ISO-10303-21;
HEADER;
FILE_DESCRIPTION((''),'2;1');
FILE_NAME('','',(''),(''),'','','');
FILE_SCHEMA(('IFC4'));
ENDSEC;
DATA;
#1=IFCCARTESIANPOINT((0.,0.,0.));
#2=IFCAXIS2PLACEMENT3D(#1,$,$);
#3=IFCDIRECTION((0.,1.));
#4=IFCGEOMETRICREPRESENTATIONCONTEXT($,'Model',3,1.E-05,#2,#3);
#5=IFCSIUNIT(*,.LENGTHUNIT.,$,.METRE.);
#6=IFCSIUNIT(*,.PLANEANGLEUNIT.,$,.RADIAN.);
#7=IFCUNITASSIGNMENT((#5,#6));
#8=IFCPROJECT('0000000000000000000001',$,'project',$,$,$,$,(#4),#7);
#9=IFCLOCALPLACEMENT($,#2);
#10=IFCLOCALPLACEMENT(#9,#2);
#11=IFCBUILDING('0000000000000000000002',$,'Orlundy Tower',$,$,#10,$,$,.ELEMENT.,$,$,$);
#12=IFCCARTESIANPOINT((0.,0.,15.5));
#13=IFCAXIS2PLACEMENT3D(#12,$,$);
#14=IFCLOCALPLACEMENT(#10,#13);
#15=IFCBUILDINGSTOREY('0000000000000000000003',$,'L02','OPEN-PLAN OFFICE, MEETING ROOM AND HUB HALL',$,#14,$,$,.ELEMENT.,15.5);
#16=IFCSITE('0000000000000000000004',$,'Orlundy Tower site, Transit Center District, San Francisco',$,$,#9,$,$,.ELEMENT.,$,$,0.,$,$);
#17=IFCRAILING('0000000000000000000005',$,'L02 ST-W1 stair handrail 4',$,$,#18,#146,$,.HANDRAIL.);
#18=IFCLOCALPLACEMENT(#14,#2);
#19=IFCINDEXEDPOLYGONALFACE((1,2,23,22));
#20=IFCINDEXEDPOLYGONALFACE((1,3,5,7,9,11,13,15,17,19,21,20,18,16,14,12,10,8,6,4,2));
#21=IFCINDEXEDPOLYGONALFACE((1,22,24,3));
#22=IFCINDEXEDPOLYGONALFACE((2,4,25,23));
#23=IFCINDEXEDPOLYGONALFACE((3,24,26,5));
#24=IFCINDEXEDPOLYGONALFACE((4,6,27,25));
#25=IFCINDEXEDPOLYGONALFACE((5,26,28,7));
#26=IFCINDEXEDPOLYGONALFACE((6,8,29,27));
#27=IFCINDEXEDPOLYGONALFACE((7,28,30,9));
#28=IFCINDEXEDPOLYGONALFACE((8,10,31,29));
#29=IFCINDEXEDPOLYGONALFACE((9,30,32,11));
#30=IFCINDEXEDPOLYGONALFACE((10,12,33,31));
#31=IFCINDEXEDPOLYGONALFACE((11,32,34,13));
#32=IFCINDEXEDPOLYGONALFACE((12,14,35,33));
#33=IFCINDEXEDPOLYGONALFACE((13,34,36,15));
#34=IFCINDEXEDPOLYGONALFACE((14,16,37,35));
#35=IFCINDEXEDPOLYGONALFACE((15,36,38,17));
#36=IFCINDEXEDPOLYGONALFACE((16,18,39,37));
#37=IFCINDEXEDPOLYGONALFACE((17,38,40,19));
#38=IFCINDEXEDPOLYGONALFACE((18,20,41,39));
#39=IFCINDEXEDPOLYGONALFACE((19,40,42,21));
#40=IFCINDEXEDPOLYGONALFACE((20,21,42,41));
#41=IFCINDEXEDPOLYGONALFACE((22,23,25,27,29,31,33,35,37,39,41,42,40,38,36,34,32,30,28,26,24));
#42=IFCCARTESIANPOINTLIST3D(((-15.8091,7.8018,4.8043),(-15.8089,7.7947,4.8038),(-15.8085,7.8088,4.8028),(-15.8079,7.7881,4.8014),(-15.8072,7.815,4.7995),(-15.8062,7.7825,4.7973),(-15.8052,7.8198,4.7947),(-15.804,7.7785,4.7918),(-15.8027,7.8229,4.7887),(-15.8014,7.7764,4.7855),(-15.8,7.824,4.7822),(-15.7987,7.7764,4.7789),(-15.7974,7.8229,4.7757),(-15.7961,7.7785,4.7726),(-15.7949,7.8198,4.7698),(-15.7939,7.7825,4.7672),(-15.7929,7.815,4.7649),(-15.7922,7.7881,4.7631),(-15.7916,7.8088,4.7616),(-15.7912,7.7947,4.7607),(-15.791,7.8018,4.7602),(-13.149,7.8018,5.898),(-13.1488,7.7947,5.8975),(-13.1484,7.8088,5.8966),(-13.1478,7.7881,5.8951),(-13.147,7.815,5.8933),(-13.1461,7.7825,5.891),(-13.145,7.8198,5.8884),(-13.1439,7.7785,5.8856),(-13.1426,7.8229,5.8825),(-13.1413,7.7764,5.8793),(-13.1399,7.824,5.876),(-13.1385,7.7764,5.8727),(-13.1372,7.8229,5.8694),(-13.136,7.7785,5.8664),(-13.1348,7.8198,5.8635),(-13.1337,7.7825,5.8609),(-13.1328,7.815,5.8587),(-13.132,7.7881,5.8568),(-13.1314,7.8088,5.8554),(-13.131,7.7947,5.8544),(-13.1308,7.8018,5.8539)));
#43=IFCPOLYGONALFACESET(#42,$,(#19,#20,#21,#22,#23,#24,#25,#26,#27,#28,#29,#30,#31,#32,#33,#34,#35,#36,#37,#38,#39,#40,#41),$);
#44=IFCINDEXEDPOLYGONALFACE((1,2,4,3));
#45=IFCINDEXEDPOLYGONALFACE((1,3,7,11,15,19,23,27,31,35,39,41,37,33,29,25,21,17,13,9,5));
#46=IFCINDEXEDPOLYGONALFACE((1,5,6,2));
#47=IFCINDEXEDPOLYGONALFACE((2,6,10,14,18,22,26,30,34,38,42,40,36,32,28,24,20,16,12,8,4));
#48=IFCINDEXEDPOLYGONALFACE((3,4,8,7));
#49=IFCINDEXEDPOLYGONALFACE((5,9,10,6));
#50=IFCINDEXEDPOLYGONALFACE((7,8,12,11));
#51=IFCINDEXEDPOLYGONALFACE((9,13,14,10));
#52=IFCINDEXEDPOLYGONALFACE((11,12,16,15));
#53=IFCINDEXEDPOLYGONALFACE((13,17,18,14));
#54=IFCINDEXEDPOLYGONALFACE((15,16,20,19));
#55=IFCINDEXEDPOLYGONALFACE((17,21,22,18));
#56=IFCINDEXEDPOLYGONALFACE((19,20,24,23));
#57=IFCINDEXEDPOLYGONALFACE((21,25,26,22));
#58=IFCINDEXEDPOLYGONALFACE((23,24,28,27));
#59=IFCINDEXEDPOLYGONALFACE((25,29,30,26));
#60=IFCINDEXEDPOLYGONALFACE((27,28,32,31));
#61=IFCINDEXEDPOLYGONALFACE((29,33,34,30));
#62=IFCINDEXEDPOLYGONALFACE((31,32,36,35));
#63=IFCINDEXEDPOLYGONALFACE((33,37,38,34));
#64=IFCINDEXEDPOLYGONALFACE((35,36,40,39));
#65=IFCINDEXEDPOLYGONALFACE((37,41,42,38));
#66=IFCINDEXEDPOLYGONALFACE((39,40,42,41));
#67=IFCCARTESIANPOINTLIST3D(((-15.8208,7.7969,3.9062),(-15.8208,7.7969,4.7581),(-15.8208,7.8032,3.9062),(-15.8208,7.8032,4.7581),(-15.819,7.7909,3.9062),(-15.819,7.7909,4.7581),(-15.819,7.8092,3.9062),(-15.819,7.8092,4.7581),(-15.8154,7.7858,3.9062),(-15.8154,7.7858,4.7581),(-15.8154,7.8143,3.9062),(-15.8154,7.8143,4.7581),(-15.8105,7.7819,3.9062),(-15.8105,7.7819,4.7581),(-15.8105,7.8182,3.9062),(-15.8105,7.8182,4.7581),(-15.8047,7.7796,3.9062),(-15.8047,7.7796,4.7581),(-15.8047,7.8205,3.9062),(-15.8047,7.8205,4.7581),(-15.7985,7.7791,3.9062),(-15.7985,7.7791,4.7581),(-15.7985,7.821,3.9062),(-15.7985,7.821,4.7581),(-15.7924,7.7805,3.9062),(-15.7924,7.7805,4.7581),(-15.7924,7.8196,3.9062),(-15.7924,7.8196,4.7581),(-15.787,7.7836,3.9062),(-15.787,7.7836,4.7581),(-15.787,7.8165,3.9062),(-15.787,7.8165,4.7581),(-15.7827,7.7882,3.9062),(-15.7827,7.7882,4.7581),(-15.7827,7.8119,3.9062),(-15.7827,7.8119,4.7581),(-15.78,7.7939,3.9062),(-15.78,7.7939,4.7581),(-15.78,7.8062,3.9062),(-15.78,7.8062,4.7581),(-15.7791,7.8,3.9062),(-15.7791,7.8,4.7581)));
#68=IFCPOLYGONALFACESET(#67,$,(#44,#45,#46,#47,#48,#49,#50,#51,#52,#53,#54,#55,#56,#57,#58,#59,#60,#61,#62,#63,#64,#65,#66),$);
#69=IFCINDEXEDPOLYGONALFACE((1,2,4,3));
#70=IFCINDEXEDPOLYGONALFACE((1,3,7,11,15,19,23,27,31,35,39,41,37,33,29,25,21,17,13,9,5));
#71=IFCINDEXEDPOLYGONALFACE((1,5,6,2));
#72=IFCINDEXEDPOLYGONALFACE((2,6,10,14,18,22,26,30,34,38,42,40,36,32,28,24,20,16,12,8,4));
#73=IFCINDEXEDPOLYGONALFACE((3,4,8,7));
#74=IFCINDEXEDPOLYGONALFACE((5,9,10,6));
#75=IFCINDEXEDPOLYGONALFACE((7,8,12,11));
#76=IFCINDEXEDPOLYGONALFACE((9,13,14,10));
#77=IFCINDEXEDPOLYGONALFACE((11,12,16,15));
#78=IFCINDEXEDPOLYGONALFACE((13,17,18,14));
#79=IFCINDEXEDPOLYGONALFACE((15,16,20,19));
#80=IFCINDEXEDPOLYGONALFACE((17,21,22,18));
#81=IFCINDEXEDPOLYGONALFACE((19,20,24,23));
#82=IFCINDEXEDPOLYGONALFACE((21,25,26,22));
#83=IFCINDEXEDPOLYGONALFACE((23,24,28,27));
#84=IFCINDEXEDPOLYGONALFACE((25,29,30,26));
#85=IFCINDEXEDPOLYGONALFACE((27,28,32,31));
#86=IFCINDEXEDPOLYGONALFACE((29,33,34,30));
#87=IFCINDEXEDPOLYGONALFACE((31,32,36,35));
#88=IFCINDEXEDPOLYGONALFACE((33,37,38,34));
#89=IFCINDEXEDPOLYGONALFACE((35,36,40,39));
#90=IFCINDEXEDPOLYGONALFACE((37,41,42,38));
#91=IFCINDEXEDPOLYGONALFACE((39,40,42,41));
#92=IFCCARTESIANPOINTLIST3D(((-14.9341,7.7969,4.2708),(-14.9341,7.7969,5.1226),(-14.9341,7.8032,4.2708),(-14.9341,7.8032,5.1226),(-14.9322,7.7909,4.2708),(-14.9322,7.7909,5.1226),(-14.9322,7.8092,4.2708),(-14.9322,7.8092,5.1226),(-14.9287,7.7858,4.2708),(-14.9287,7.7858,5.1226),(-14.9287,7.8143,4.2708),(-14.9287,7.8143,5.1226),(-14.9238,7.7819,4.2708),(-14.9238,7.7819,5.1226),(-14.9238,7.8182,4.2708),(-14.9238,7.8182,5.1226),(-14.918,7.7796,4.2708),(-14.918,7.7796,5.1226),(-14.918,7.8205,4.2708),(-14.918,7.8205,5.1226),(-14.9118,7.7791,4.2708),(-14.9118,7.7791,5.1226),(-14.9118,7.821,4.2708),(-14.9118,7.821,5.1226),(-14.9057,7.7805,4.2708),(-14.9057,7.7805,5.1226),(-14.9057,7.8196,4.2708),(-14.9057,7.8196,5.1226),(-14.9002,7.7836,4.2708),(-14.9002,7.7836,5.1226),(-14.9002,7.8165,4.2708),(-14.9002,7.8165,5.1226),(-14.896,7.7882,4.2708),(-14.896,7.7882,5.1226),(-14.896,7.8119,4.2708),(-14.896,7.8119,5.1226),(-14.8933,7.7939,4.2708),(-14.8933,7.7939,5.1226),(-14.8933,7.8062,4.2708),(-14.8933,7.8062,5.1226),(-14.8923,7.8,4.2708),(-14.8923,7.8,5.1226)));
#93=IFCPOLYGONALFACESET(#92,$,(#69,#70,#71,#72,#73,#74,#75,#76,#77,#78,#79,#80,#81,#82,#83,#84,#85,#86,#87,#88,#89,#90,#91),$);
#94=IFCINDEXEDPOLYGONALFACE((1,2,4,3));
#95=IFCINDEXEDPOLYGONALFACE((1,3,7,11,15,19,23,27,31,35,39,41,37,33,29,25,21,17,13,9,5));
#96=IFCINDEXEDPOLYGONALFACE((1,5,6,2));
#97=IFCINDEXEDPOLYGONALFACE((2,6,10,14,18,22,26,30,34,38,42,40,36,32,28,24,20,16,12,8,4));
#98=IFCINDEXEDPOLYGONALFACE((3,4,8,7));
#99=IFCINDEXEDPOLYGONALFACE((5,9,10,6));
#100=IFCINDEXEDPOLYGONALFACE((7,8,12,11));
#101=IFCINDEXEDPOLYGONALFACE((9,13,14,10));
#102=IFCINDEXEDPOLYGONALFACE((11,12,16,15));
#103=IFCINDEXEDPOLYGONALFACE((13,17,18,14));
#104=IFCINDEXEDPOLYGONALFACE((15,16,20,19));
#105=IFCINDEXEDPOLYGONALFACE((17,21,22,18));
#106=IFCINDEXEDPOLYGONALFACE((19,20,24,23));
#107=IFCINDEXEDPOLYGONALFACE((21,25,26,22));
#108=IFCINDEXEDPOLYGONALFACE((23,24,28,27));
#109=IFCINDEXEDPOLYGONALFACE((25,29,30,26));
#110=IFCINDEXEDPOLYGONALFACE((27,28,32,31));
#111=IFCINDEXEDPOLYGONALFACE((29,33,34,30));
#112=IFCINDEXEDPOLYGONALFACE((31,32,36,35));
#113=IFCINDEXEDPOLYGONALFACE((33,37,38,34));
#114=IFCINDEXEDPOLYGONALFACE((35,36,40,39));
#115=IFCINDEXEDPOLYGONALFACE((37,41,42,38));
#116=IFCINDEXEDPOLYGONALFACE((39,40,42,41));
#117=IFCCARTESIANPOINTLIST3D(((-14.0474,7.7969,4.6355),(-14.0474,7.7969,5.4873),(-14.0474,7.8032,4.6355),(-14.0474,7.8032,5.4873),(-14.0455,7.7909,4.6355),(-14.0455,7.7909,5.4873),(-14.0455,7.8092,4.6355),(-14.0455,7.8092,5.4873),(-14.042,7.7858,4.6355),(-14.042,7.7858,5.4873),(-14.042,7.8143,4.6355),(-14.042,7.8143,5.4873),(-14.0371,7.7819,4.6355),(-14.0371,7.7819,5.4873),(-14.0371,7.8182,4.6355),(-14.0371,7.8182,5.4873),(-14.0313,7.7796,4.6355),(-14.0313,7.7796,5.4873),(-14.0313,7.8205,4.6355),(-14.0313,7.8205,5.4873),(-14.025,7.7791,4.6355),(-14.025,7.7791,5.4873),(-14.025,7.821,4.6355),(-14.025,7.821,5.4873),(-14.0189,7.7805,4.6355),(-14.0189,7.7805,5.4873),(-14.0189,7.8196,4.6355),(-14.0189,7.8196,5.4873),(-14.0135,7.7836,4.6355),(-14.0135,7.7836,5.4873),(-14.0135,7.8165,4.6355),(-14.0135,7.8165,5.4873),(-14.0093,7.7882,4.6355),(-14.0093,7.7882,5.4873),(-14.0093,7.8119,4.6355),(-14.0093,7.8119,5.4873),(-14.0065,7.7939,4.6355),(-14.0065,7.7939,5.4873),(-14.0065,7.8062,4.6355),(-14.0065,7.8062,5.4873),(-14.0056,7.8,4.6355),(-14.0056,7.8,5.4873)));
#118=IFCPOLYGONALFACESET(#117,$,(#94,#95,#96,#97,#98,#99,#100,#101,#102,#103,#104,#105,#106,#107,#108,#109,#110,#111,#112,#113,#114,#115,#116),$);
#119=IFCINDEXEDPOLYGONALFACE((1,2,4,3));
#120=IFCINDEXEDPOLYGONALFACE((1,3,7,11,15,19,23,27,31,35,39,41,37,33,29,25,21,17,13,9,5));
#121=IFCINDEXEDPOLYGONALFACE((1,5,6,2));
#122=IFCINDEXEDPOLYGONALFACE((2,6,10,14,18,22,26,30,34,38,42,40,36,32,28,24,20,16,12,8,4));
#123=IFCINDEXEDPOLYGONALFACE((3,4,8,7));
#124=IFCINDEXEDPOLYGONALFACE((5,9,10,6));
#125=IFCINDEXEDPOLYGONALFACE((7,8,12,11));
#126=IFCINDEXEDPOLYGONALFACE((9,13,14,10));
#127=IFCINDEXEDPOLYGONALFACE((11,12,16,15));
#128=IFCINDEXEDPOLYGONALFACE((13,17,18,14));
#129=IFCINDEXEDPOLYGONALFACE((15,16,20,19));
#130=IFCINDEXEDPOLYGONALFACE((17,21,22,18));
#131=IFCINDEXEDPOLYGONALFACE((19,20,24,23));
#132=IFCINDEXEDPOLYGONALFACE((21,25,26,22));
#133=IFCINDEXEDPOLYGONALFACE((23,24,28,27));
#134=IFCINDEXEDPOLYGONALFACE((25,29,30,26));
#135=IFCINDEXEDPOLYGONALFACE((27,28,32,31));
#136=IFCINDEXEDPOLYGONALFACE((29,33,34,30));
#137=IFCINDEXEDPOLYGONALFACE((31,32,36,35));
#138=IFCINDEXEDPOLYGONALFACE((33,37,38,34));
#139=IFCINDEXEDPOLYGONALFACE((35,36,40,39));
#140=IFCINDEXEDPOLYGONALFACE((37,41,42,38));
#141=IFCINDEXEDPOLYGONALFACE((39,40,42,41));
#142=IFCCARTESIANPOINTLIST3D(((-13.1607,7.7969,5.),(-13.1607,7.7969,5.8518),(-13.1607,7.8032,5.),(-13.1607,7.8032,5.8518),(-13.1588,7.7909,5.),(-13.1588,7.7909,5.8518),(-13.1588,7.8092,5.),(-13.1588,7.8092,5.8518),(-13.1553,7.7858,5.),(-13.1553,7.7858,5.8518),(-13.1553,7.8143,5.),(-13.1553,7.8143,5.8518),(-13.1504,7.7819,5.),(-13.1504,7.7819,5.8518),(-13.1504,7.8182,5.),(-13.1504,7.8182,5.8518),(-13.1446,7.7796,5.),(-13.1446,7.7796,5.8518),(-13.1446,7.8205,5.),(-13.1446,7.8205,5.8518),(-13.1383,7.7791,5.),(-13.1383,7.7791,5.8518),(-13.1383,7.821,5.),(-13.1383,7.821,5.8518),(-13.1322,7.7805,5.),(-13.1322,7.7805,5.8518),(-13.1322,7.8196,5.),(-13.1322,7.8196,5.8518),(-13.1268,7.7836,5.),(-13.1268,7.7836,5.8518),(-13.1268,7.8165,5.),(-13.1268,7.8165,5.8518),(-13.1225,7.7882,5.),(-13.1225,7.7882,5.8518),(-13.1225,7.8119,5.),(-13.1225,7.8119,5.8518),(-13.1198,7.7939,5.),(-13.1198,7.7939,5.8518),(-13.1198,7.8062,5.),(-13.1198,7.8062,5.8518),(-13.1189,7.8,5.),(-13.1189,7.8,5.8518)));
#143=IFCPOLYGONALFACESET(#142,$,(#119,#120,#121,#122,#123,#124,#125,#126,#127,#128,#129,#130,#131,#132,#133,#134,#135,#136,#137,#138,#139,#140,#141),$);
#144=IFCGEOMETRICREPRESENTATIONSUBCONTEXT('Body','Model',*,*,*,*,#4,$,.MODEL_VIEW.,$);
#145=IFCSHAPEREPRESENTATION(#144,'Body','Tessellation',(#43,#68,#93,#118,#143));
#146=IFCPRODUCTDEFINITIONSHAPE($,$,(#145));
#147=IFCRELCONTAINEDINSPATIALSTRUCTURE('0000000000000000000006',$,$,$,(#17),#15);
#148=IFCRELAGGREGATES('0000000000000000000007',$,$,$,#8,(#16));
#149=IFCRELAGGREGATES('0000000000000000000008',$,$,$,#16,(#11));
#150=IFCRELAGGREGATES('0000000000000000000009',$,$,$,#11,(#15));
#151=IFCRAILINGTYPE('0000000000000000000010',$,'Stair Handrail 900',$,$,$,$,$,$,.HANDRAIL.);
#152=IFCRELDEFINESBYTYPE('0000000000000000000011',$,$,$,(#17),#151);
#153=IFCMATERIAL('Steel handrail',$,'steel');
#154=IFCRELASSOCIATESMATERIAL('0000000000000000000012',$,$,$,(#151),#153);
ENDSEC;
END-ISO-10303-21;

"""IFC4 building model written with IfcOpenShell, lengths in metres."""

from ifc_helpers import new_model, si_unit, direction, frame, origin, origin_2d, place, context, subcontext, project, spatial, circle, extrude, material, type_object, element, save


model = new_model("IFC4")

# Units and contexts
model_context = context("Model", 3, precision=1e-05, world=origin(), true_north=direction((0.0, 1.0)))
body_context = subcontext(model_context, "Body", "Model", "MODEL_VIEW")
ifc_project = project(units=[si_unit("LENGTHUNIT", "METRE"), si_unit("PLANEANGLEUNIT", "RADIAN")], contexts=[model_context])

# Site, building, storey
site_placement = place(None, origin())
site = spatial("IfcSite", under=ifc_project, at=site_placement, Name="Orlundy Tower site, Transit Center District, San Francisco", CompositionType="ELEMENT", RefElevation=0.0)
building_placement = place(site_placement, origin())
building = spatial("IfcBuilding", under=site, at=building_placement, Name="Orlundy Tower", CompositionType="ELEMENT")
storey_placement = place(building_placement, frame((0.0, 0.0, 15.5)))
storey = spatial("IfcBuildingStorey", under=building, at=storey_placement, Name="L02", Description="OPEN-PLAN OFFICE, MEETING ROOM AND HUB HALL", CompositionType="ELEMENT", Elevation=15.5)

# Railing
ifc_material_1 = material(Name="Steel handrail", Category="steel")
railing_type_1 = type_object("IfcRailingType", Name="Stair Handrail 900", PredefinedType="HANDRAIL", material=ifc_material_1)
railing_1_placement = place(storey_placement, frame((-15.8, 7.8, 3.9062)))
element("IfcRailing", 1, at=railing_1_placement, inside=storey, type_object=railing_type_1, Name="L02 ST-W1 stair handrail 4", PredefinedType="HANDRAIL", context=body_context, shape_type="SweptSolid", body=[
    extrude(circle(Radius=0.0239, at=origin_2d()), frame((0.0, 0.0, 0.876), z_axis=(0.924875, 0.0, 0.380272), x_axis=(0.0, 1.0, 0.0)), (0.0, 0.0, 1.0), 2.8762),
    extrude(circle(Radius=0.021, at=origin_2d()), origin(), (0.0, 0.0, 1.0), 0.8518),
    extrude(circle(Radius=0.021, at=origin_2d()), frame((0.8867, 0.0, 0.3645)), (0.0, 0.0, 1.0), 0.8518),
    extrude(circle(Radius=0.021, at=origin_2d()), frame((1.7734, 0.0, 0.7292)), (0.0, 0.0, 1.0), 0.8518),
    extrude(circle(Radius=0.021, at=origin_2d()), frame((2.6602, 0.0, 1.0938)), (0.0, 0.0, 1.0), 0.8518),
])

save(model, "model.ifc")
